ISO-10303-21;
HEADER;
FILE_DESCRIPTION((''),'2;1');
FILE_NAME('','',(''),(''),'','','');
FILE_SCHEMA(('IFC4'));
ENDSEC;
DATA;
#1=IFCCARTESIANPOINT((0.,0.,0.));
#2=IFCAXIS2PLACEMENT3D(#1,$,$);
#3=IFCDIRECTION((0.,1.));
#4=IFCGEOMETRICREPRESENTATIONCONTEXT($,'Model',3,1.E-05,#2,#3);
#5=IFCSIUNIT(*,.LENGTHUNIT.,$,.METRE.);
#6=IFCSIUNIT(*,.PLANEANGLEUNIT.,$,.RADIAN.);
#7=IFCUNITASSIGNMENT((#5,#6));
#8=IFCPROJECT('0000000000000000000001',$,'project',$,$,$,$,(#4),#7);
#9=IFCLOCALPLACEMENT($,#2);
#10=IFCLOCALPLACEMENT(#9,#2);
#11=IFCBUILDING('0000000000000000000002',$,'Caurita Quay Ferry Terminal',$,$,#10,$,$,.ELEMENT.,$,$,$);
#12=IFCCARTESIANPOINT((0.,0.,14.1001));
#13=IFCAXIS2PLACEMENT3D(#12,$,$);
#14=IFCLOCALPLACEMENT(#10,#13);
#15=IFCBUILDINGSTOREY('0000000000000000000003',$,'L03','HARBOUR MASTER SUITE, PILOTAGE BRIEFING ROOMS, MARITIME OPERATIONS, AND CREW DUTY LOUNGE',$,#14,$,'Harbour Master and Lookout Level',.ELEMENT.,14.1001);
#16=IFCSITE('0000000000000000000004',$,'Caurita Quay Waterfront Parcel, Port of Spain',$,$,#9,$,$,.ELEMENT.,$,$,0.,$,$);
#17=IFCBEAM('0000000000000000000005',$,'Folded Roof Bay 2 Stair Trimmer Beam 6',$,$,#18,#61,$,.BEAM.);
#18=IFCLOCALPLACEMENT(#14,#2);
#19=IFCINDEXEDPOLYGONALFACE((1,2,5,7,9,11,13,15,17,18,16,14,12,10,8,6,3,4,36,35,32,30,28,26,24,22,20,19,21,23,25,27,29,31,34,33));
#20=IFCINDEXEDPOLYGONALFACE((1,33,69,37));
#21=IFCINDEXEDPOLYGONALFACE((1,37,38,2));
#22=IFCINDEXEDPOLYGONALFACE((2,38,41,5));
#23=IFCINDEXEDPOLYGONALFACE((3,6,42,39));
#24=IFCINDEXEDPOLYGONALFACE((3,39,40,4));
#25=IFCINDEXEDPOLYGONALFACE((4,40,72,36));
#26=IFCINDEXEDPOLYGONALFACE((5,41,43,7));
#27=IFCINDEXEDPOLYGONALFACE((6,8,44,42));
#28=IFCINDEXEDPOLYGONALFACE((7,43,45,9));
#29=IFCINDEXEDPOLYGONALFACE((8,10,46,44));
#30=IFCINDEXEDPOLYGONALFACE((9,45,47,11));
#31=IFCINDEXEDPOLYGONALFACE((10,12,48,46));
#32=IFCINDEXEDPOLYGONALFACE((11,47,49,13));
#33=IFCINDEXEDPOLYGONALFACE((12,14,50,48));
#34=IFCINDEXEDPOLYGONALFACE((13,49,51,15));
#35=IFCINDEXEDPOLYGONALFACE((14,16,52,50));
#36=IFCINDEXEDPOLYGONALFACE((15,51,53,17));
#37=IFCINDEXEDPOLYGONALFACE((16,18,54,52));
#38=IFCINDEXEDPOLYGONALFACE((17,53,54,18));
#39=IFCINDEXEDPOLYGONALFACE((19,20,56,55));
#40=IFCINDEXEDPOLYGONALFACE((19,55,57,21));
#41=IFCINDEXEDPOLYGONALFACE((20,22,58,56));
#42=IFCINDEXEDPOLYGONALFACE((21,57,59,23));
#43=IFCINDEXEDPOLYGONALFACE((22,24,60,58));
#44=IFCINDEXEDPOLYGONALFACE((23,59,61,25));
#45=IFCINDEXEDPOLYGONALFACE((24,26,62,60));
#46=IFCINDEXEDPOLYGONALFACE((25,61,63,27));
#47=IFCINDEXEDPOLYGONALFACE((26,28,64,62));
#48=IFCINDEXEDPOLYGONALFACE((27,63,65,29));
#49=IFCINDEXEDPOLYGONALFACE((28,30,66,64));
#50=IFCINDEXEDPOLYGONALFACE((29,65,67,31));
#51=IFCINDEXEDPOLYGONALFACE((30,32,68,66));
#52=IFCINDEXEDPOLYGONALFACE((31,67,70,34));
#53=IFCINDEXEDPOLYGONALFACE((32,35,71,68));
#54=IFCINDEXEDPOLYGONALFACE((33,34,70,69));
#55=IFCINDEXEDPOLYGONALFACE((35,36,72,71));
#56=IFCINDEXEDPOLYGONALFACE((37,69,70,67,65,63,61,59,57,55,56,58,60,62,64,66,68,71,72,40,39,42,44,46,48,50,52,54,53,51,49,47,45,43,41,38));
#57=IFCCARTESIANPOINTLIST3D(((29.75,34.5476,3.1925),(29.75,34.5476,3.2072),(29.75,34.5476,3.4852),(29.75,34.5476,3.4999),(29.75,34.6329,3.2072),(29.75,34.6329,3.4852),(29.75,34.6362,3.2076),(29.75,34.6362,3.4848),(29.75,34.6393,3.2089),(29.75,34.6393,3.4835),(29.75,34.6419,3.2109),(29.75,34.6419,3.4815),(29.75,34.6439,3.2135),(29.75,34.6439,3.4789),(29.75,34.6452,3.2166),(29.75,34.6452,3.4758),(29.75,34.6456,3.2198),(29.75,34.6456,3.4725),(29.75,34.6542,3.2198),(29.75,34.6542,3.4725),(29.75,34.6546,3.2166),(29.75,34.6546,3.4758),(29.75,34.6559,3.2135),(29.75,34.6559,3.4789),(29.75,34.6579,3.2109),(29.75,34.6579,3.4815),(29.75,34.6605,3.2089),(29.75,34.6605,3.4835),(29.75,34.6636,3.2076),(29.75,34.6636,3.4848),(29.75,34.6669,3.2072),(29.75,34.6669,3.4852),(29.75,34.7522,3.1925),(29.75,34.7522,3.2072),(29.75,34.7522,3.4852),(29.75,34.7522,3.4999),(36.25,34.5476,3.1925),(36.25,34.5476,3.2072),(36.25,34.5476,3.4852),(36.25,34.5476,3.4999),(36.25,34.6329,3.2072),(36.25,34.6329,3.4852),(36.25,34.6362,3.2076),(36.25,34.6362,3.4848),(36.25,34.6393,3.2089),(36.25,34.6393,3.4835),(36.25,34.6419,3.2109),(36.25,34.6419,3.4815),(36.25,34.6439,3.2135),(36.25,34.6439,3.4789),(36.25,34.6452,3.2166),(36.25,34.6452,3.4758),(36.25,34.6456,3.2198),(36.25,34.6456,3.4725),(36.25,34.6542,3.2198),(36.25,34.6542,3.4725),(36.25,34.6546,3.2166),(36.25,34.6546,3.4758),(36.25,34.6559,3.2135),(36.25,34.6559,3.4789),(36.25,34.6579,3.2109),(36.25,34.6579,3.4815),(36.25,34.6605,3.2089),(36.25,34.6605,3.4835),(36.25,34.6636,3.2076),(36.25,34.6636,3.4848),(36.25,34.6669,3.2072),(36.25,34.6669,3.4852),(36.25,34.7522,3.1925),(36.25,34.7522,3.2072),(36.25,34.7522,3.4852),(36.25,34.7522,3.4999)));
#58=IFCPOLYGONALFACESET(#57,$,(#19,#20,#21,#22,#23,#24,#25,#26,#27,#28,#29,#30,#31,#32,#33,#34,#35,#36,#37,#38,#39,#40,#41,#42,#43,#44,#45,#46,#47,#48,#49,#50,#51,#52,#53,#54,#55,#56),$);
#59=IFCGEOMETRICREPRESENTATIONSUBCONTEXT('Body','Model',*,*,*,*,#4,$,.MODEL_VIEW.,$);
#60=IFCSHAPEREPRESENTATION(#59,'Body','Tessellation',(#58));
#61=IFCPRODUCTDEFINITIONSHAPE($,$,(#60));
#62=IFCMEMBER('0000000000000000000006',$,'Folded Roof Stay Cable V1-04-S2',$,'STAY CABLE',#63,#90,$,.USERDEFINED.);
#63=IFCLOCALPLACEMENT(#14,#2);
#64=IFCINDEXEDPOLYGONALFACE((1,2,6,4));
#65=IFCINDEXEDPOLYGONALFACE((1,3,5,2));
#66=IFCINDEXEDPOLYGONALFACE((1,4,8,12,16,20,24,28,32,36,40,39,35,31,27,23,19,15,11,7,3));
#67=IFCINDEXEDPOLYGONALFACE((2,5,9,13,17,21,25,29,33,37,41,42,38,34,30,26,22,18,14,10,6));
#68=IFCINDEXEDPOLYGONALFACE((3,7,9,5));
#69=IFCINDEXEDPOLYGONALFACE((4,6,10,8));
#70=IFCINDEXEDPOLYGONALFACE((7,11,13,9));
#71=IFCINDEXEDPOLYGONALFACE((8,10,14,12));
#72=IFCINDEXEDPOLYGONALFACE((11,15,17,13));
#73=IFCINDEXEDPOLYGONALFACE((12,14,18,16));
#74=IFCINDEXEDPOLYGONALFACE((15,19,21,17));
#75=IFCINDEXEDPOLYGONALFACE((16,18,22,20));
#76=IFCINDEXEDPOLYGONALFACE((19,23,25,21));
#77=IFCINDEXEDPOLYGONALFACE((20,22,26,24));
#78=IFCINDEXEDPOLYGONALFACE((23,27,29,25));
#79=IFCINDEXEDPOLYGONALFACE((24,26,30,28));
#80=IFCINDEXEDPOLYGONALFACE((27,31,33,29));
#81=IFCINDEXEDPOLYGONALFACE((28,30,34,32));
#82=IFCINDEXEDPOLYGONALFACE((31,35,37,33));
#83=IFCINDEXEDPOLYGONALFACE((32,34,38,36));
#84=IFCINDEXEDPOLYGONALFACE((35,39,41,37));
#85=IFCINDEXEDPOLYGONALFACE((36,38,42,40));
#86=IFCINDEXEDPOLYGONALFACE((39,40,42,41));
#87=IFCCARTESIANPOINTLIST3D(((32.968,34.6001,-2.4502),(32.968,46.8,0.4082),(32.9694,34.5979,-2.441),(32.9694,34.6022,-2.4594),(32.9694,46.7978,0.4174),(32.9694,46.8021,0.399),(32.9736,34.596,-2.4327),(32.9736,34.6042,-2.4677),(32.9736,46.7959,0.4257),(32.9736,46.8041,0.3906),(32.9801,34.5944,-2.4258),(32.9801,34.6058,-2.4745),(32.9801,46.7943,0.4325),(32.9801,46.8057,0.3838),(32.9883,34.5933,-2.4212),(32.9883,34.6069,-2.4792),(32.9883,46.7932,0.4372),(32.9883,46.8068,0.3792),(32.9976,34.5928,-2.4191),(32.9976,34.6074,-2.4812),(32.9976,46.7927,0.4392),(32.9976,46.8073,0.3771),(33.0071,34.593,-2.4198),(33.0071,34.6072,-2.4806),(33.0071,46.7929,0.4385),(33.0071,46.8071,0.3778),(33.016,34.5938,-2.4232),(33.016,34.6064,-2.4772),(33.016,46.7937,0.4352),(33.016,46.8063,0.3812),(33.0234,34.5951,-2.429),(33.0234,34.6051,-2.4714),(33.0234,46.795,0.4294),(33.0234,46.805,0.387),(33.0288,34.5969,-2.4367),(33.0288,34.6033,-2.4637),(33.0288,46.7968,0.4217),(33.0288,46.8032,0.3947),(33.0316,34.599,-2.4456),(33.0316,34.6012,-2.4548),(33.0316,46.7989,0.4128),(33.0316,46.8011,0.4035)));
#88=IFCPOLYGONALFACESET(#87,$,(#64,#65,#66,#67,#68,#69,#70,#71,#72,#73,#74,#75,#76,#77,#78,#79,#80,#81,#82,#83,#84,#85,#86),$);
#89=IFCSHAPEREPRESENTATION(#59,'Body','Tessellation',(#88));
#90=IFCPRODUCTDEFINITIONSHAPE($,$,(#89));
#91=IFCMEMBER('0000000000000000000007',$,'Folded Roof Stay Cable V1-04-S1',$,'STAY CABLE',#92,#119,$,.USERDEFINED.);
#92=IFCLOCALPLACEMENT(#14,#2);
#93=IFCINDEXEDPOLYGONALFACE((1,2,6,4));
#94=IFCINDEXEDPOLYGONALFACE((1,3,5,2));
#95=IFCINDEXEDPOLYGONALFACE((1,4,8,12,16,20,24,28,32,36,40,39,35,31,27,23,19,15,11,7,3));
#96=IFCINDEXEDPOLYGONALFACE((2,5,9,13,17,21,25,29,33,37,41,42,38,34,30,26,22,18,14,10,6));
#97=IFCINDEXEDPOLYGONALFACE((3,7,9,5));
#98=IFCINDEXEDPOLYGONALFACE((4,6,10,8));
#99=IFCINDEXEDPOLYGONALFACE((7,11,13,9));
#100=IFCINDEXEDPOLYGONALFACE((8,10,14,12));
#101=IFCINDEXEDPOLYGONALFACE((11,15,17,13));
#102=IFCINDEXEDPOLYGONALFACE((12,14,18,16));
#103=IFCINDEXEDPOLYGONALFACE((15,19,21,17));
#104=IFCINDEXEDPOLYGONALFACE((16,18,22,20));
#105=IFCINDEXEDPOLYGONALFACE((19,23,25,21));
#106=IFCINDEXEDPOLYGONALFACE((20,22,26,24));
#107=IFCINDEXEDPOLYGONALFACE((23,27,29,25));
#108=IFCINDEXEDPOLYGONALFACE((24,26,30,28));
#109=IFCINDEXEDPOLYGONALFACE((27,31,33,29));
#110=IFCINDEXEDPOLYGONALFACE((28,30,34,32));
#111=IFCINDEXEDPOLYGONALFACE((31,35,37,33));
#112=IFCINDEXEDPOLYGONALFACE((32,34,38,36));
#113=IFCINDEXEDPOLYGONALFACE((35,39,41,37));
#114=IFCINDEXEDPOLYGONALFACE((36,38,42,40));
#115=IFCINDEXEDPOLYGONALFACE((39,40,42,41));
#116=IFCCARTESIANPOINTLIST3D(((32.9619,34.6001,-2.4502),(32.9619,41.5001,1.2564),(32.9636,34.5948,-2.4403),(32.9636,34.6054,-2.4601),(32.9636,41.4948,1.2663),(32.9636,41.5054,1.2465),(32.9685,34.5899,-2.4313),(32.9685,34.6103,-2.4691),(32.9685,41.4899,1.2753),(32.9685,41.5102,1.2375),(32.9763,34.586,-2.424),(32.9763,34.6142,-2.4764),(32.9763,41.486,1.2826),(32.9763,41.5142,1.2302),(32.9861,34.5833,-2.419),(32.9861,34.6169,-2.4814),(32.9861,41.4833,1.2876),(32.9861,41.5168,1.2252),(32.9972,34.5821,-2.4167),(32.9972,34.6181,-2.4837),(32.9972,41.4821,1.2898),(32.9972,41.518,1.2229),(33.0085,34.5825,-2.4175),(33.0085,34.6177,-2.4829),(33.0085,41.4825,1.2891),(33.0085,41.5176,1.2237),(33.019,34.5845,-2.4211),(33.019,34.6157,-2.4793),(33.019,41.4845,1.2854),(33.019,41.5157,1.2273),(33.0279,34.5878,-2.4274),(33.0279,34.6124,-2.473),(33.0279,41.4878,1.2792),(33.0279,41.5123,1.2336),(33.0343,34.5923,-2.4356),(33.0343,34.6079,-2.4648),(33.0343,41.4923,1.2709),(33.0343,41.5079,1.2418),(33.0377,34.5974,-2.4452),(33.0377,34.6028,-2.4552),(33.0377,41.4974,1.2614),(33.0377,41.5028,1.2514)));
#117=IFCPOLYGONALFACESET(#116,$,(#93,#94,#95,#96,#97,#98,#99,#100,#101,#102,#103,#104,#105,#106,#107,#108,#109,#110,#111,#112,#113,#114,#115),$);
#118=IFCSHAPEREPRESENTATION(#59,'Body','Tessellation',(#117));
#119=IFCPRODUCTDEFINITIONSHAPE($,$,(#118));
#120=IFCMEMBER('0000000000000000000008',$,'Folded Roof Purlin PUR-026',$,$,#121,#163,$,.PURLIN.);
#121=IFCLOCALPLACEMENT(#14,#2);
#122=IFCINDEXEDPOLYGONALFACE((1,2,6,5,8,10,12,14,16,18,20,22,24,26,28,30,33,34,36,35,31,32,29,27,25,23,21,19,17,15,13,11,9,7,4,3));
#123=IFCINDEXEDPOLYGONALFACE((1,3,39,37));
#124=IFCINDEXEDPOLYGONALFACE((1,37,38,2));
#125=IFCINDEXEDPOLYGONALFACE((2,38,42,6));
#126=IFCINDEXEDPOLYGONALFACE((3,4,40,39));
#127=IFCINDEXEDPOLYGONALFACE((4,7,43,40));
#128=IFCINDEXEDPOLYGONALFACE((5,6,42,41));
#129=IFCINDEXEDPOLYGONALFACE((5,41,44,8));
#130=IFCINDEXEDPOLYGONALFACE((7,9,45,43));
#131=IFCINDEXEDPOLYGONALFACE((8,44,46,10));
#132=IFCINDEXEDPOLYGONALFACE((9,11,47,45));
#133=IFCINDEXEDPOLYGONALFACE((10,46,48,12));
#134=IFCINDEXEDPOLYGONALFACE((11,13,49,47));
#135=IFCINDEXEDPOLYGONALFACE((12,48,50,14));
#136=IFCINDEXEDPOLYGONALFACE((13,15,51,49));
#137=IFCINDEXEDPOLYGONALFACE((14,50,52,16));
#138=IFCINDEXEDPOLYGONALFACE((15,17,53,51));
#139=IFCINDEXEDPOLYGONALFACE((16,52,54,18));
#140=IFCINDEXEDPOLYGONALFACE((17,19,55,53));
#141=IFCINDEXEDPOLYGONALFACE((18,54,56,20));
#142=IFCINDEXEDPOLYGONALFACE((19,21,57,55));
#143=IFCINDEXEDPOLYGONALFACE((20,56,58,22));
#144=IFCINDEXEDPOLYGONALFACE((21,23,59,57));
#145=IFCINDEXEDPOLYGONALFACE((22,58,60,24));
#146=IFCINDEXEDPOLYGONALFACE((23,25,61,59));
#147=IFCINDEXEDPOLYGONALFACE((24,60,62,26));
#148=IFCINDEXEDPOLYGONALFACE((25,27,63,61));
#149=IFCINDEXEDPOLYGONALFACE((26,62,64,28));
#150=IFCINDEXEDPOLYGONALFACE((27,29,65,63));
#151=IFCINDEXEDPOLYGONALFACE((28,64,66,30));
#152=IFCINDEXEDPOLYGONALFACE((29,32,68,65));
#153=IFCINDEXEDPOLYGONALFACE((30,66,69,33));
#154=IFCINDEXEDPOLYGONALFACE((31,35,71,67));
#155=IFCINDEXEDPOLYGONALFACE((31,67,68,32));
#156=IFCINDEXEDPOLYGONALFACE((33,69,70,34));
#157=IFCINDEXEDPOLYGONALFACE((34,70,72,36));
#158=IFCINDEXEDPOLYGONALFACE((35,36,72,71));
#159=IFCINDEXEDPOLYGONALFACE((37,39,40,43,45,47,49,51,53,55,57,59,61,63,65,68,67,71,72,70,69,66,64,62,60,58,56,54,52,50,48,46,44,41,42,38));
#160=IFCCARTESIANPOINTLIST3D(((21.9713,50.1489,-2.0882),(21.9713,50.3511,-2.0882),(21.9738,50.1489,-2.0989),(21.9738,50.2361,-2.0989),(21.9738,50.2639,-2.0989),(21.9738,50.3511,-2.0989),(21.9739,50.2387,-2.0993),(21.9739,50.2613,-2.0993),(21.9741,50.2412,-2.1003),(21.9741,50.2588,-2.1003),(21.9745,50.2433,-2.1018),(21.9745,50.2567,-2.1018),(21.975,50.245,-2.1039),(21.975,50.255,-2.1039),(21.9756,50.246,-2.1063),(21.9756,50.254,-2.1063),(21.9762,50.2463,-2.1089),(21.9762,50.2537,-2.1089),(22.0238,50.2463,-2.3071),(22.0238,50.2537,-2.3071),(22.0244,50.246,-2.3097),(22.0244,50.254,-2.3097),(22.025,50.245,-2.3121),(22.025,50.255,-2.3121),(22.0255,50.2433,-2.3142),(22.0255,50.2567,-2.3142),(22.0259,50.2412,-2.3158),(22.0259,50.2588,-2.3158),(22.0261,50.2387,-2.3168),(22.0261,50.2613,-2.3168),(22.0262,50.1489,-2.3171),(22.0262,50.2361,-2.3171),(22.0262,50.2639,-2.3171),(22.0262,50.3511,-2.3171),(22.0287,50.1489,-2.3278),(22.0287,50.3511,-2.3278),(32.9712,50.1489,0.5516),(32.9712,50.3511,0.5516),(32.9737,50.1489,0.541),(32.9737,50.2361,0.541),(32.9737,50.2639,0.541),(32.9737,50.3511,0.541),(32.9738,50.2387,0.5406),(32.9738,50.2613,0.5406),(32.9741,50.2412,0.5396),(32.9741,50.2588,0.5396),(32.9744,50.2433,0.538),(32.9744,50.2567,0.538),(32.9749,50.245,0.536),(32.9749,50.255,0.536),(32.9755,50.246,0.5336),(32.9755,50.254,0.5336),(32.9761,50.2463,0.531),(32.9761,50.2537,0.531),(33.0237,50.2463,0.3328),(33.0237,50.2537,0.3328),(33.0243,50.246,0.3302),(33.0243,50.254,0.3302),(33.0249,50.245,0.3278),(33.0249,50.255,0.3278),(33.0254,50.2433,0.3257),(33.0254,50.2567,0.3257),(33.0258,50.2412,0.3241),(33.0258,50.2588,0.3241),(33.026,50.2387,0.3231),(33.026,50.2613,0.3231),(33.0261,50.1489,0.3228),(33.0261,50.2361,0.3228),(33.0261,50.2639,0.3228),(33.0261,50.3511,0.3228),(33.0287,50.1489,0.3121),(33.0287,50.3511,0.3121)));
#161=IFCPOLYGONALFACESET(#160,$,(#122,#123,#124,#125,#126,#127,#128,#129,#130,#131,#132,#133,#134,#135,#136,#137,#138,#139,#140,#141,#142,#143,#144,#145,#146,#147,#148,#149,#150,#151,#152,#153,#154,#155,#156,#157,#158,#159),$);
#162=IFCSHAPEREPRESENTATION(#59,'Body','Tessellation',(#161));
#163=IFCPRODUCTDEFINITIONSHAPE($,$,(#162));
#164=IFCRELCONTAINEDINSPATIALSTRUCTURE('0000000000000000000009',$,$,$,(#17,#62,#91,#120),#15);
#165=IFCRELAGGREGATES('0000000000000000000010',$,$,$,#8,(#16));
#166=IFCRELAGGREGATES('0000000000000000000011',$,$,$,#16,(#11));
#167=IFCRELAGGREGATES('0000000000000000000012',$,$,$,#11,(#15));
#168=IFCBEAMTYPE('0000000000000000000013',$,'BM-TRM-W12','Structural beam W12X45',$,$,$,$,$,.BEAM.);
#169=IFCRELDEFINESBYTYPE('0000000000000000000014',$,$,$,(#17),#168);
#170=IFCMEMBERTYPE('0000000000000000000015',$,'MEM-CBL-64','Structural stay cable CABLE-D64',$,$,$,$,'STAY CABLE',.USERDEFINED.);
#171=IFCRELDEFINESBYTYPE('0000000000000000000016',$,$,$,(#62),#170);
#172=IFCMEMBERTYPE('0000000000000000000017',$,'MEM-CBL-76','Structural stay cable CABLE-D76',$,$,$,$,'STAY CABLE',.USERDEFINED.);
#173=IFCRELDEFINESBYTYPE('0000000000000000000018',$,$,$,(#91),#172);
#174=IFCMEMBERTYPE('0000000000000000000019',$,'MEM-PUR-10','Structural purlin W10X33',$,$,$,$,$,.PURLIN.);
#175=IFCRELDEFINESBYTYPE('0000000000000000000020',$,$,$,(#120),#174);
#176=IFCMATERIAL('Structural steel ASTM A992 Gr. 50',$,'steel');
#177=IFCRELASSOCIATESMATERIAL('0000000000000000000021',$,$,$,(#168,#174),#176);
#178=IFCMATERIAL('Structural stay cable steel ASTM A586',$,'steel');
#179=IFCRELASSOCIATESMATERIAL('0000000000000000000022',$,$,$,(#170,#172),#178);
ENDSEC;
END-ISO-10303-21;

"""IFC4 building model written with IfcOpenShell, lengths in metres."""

from ifc_helpers import new_model, si_unit, direction, frame, origin, origin_2d, place, context, subcontext, project, spatial, circle, i_section, extrude, material, material_profile, profile_set, type_object, element, save


model = new_model("IFC4")

# Units and contexts
model_context = context("Model", 3, precision=1e-05, world=origin(), true_north=direction((0.0, 1.0)))
body_context = subcontext(model_context, "Body", "Model", "MODEL_VIEW")
ifc_project = project(units=[si_unit("LENGTHUNIT", "METRE"), si_unit("PLANEANGLEUNIT", "RADIAN")], contexts=[model_context])

# Site, building, storey
site_placement = place(None, origin())
site = spatial("IfcSite", under=ifc_project, at=site_placement, Name="Caurita Quay Waterfront Parcel, Port of Spain", CompositionType="ELEMENT", RefElevation=0.0)
building_placement = place(site_placement, origin())
building = spatial("IfcBuilding", under=site, at=building_placement, Name="Caurita Quay Ferry Terminal", CompositionType="ELEMENT")
storey_placement = place(building_placement, frame((0.0, 0.0, 14.1001)))
storey = spatial("IfcBuildingStorey", under=building, at=storey_placement, Name="L03", Description="HARBOUR MASTER SUITE, PILOTAGE BRIEFING ROOMS, MARITIME OPERATIONS, AND CREW DUTY LOUNGE", LongName="Harbour Master and Lookout Level", CompositionType="ELEMENT", Elevation=14.1001)

# Beam
ifc_material_1 = material(Name="Structural steel ASTM A992 Gr. 50", Category="steel")
ifc_material_profile_1 = material_profile(ifc_material_1, i_section(OverallWidth=0.2046, OverallDepth=0.3074, WebThickness=0.0085, FlangeThickness=0.0146, FilletRadius=0.0127, at=origin_2d()), Name="W12X45")
ifc_profile_set_1 = profile_set([ifc_material_profile_1], Name="Structural steel ASTM A992 Gr. 50")
beam_type_1 = type_object("IfcBeamType", Name="BM-TRM-W12", Description="Structural beam W12X45", PredefinedType="BEAM", material=ifc_profile_set_1)
for number, where, z_axis, x_axis, name in (
    (1, (29.75, 34.6499, 3.3462), (1.0, 0.0, 0.0), (0.0, 1.0, 0.0), "Folded Roof Bay 2 Stair Trimmer Beam 6"),
):
    element("IfcBeam", number, at=place(storey_placement, frame(where, z_axis=z_axis, x_axis=x_axis)), inside=storey, type_object=beam_type_1, Name=name, PredefinedType="BEAM", context=body_context, shape_type="SweptSolid", body=[
        extrude(i_section(OverallWidth=0.2046, OverallDepth=0.3074, WebThickness=0.0085, FlangeThickness=0.0146, FilletRadius=0.0127, at=origin_2d()), origin(), (0.0, 0.0, 1.0), 6.5),
    ])

# Members
ifc_material_2 = material(Name="Structural stay cable steel ASTM A586", Category="steel")
ifc_material_profile_2 = material_profile(ifc_material_2, circle(Radius=0.032, at=origin_2d()), Name="CABLE-D64")
ifc_profile_set_2 = profile_set([ifc_material_profile_2], Name="Structural stay cable steel ASTM A586")
member_type_1 = type_object("IfcMemberType", Name="MEM-CBL-64", Description="Structural stay cable CABLE-D64", ElementType="STAY CABLE", PredefinedType="USERDEFINED", material=ifc_profile_set_2)
member_1_placement = place(storey_placement, frame((33.0, 34.6001, -2.4502), z_axis=(0.0, 0.973633, 0.228118), x_axis=(-1.0, 0.0, 0.0)))
element("IfcMember", 2, at=member_1_placement, inside=storey, type_object=member_type_1, Name="Folded Roof Stay Cable V1-04-S2", ObjectType="STAY CABLE", PredefinedType="USERDEFINED", context=body_context, shape_type="SweptSolid", body=[
    extrude(circle(Radius=0.032, at=origin_2d()), origin(), (0.0, 0.0, 1.0), 12.5303),
])
ifc_material_profile_3 = material_profile(ifc_material_2, circle(Radius=0.0381, at=origin_2d()), Name="CABLE-D76")
ifc_profile_set_3 = profile_set([ifc_material_profile_3], Name="Structural stay cable steel ASTM A586")
member_type_2 = type_object("IfcMemberType", Name="MEM-CBL-76", Description="Structural stay cable CABLE-D76", ElementType="STAY CABLE", PredefinedType="USERDEFINED", material=ifc_profile_set_3)
member_2_placement = place(storey_placement, frame((33.0, 34.6001, -2.4502), z_axis=(0.0, 0.880939, 0.47323), x_axis=(-1.0, 0.0, 0.0)))
element("IfcMember", 3, at=member_2_placement, inside=storey, type_object=member_type_2, Name="Folded Roof Stay Cable V1-04-S1", ObjectType="STAY CABLE", PredefinedType="USERDEFINED", context=body_context, shape_type="SweptSolid", body=[
    extrude(circle(Radius=0.0381, at=origin_2d()), origin(), (0.0, 0.0, 1.0), 7.8325),
])
ifc_material_profile_4 = material_profile(ifc_material_1, i_section(OverallWidth=0.2021, OverallDepth=0.2463, WebThickness=0.0073, FlangeThickness=0.011, FilletRadius=0.0103, at=origin_2d()), Name="W10X33")
ifc_profile_set_4 = profile_set([ifc_material_profile_4], Name="Structural steel ASTM A992 Gr. 50")
member_type_3 = type_object("IfcMemberType", Name="MEM-PUR-10", Description="Structural purlin W10X33", PredefinedType="PURLIN", material=ifc_profile_set_4)
for number, where, z_axis, x_axis, name in (
    (4, (22.0, 50.25, -2.208), (0.972389, 0.0, 0.233364), (0.0, 1.0, 0.0), "Folded Roof Purlin PUR-026"),
):
    element("IfcMember", number, at=place(storey_placement, frame(where, z_axis=z_axis, x_axis=x_axis)), inside=storey, type_object=member_type_3, Name=name, PredefinedType="PURLIN", context=body_context, shape_type="SweptSolid", body=[
        extrude(i_section(OverallWidth=0.2021, OverallDepth=0.2463, WebThickness=0.0073, FlangeThickness=0.011, FilletRadius=0.0103, at=origin_2d()), origin(), (0.0, 0.0, 1.0), 11.3123),
    ])

save(model, "model.ifc")
